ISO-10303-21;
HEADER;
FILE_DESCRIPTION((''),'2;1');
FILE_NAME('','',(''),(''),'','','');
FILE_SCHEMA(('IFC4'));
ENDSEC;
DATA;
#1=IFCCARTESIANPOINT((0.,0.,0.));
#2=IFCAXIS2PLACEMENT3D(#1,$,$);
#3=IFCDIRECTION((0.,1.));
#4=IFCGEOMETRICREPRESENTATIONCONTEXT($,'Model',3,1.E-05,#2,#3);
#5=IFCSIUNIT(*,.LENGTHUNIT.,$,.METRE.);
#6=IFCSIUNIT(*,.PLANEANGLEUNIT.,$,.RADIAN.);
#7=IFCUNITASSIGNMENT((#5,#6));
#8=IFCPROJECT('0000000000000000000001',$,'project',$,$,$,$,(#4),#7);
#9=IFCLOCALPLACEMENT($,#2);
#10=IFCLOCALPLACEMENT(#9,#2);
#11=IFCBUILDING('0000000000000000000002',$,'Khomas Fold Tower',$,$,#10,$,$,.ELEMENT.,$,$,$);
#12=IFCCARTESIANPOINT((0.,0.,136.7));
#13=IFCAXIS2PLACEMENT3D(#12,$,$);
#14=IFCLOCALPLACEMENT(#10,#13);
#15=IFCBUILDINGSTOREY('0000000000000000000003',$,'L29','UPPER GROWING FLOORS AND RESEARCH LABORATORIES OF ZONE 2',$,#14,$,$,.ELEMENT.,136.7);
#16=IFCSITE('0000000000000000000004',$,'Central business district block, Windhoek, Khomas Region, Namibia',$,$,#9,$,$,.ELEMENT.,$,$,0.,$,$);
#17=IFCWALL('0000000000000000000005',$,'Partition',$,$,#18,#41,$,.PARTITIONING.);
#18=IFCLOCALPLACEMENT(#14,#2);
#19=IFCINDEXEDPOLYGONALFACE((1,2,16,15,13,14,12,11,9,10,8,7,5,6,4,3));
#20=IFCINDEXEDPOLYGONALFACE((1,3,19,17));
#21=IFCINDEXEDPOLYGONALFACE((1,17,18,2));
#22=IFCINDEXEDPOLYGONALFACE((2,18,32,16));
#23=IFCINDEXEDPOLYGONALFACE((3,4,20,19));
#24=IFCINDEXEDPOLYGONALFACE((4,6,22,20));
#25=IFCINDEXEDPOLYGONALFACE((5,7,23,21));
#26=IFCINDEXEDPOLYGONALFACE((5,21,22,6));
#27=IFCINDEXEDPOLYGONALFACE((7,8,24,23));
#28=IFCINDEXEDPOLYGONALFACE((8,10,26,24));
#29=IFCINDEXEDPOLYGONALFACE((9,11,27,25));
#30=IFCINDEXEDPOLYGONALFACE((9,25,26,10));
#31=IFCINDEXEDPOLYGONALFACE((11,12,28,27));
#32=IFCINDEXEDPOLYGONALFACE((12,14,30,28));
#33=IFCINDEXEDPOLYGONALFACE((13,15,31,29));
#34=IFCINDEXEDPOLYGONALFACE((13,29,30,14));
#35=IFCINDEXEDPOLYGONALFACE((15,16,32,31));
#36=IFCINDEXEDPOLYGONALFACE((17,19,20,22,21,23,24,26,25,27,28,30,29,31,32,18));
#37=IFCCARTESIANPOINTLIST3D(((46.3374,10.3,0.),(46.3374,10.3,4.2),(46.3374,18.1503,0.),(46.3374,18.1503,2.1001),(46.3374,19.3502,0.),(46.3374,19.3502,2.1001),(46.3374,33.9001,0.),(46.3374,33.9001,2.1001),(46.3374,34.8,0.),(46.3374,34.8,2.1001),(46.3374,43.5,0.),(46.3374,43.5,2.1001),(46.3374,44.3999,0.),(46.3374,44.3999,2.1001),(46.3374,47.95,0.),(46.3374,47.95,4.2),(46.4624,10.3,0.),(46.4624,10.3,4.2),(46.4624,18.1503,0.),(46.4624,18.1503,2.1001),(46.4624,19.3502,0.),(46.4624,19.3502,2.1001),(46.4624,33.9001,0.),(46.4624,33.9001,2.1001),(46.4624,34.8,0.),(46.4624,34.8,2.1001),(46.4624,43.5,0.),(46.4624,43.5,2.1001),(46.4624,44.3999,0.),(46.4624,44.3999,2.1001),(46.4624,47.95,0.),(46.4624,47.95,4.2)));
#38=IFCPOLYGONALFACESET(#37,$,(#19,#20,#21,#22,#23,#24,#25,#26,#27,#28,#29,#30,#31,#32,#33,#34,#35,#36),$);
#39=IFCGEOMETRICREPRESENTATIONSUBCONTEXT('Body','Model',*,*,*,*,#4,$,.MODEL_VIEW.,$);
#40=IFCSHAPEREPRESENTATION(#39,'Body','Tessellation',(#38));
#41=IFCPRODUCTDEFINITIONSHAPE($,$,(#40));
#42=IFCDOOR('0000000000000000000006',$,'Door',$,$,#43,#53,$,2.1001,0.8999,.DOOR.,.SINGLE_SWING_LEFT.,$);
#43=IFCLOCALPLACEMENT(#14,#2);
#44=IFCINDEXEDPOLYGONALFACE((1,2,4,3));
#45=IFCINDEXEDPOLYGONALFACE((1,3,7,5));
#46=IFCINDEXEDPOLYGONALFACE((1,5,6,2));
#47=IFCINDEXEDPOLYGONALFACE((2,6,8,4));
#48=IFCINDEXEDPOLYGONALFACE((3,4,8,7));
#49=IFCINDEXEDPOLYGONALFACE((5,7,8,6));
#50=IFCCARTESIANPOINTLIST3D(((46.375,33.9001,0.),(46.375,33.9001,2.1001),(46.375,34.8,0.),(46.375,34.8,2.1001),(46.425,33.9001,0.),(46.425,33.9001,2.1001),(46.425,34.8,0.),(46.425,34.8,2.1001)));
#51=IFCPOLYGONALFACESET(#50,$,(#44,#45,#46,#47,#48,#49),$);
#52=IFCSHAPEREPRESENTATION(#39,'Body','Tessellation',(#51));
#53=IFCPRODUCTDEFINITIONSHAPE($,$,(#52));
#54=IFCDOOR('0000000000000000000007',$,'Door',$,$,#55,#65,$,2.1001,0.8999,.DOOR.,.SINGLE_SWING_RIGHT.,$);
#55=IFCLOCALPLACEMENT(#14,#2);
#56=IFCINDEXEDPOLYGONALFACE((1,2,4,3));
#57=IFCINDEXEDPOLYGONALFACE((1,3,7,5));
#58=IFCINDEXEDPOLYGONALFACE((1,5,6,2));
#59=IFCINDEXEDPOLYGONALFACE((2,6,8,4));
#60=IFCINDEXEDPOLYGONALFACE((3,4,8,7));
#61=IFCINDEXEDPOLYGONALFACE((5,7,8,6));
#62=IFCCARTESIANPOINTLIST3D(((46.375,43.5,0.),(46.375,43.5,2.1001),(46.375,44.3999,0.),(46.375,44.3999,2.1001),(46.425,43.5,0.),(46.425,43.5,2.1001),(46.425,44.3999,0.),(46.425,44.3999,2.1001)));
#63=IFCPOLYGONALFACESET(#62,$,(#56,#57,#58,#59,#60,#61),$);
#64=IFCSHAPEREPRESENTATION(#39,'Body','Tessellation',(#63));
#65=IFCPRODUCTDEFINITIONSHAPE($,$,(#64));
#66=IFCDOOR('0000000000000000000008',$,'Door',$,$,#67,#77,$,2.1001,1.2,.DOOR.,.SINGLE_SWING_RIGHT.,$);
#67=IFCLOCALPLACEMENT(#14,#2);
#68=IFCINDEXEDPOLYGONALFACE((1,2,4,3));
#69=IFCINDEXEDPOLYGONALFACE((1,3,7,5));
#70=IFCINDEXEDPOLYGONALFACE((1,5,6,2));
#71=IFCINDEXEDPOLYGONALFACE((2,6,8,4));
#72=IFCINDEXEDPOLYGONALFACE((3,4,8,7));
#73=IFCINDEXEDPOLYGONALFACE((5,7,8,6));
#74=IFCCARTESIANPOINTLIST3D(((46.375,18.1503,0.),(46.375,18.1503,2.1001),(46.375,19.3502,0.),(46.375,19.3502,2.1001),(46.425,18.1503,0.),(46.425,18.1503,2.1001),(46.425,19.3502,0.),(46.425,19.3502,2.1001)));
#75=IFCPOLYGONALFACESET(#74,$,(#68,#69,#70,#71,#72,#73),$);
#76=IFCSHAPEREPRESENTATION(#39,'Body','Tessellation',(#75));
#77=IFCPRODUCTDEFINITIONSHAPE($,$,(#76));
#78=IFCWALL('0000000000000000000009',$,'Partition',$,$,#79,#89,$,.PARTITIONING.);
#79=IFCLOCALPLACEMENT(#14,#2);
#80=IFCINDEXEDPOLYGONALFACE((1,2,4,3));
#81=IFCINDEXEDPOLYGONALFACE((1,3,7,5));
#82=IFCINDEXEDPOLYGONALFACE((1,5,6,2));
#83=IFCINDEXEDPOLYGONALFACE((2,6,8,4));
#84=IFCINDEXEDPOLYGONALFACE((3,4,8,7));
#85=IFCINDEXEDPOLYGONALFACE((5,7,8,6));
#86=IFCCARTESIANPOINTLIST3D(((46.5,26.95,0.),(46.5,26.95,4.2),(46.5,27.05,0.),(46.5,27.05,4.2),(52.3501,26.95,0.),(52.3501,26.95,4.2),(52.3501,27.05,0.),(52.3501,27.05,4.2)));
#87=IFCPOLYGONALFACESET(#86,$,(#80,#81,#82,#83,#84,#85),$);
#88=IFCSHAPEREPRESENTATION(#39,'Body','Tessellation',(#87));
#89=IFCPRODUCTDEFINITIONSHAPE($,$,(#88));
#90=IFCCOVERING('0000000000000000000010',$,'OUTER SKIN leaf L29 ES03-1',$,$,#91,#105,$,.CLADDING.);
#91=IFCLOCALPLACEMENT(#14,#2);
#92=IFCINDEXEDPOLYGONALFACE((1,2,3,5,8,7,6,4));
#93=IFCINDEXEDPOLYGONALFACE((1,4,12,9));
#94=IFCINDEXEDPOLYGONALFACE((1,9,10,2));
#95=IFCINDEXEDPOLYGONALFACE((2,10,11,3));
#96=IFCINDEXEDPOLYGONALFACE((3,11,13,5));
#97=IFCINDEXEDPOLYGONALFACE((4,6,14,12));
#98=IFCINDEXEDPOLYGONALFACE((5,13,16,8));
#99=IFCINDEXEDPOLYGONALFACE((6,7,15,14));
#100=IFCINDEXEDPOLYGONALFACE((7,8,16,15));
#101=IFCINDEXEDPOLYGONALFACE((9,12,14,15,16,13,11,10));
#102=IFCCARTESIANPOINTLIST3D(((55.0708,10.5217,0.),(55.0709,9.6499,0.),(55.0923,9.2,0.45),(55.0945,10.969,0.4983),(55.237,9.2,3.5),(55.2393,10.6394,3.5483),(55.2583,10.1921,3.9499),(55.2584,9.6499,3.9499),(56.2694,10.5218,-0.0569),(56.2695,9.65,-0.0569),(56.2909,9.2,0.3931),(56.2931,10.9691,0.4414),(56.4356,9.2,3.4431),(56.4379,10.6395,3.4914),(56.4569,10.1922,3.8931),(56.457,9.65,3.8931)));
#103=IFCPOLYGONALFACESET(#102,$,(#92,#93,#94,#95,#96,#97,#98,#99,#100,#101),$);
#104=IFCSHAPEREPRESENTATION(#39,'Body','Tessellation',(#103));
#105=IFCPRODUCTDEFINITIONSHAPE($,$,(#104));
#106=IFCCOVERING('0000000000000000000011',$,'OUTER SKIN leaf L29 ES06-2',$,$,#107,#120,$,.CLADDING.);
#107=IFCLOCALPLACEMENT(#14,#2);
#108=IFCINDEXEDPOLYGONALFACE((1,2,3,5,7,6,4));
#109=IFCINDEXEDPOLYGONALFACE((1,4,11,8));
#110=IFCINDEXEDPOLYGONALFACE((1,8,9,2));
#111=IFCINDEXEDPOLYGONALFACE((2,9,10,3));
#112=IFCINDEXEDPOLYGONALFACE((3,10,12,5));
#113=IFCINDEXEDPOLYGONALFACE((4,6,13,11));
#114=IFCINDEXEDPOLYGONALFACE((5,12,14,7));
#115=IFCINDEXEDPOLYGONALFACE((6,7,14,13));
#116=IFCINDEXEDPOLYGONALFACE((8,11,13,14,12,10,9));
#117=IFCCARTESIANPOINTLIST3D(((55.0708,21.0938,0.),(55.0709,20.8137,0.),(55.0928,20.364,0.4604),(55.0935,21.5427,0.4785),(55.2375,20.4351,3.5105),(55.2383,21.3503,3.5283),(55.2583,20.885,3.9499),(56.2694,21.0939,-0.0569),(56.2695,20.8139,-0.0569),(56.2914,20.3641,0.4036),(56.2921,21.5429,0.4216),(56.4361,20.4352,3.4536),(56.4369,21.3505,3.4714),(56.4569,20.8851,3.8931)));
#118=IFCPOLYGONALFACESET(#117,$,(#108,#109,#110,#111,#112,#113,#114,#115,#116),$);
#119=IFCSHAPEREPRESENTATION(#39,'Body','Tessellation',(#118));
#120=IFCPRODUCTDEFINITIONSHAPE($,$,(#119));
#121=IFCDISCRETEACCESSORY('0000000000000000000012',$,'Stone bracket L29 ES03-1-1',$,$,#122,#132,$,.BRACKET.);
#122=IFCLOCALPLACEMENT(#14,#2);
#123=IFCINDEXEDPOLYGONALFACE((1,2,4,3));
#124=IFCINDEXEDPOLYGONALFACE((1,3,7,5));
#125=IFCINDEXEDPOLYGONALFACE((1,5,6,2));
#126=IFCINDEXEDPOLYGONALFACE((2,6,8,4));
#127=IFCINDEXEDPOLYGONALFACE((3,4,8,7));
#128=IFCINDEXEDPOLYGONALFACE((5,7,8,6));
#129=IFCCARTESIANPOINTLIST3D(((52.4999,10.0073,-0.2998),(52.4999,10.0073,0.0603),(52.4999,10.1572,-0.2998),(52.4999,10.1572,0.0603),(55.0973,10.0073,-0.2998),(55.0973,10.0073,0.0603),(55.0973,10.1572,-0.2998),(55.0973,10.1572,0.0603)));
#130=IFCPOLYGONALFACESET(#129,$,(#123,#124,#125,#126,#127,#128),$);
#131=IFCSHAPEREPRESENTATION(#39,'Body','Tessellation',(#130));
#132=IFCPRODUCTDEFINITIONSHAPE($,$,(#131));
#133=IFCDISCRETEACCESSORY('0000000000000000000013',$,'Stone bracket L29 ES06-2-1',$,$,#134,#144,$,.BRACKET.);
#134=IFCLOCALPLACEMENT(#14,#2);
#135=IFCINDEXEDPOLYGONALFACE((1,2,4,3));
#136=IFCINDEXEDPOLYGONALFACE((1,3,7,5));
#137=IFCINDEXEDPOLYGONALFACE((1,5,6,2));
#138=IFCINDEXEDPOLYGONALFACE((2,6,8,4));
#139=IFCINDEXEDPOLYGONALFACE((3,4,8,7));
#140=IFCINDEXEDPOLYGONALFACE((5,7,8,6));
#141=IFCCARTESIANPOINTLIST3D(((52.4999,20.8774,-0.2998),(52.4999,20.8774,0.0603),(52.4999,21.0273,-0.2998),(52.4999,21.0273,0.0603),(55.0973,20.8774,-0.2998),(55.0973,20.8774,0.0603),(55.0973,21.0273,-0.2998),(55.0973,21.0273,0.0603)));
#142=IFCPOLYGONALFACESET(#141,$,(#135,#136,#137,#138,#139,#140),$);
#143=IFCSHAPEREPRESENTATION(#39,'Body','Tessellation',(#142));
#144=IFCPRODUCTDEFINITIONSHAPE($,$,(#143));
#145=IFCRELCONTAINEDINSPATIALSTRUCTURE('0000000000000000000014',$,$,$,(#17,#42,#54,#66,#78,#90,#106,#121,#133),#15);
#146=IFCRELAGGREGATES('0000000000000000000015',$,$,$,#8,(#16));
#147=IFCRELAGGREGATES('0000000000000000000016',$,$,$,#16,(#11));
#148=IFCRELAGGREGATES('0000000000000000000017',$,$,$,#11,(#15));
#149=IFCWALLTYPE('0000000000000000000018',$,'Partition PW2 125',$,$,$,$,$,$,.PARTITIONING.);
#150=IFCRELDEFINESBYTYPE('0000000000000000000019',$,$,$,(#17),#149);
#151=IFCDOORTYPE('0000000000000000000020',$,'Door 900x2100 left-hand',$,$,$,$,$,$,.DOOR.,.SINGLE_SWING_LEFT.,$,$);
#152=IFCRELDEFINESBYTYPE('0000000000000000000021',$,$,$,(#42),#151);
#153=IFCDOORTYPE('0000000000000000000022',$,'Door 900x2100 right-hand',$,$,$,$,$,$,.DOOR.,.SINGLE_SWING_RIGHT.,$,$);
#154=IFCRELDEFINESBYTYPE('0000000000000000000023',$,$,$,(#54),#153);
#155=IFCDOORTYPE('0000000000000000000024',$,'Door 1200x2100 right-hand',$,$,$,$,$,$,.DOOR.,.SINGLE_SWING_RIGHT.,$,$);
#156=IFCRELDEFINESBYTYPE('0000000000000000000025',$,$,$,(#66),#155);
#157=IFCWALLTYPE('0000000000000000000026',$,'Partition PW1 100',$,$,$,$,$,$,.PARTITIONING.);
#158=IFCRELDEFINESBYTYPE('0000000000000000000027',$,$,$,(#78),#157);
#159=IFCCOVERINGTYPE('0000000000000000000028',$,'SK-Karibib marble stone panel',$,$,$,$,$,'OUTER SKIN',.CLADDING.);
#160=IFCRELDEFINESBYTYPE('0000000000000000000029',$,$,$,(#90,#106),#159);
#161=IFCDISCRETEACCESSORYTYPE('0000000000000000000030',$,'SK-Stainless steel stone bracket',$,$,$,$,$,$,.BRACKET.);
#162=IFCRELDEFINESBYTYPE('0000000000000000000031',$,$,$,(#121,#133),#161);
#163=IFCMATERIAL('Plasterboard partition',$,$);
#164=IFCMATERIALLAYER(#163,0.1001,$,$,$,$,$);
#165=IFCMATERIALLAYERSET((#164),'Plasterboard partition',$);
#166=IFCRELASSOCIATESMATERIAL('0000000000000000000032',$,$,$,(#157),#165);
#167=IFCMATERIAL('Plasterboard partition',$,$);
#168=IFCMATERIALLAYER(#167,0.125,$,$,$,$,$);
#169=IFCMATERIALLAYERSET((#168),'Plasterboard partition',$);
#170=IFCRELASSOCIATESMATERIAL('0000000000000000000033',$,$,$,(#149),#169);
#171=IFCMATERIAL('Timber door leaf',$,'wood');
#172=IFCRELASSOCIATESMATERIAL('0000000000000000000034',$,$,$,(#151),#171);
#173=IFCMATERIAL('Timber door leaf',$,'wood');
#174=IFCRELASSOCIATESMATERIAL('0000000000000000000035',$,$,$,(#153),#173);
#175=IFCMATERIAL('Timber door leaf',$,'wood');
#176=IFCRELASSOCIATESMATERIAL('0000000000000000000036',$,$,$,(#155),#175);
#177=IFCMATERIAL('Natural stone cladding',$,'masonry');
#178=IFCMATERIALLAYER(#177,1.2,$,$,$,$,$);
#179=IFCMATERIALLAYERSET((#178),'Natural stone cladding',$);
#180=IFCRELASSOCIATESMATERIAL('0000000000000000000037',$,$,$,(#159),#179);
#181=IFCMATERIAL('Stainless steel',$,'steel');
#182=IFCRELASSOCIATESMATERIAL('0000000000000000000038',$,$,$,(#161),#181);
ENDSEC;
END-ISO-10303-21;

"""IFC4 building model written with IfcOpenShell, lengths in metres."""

from ifc_helpers import new_model, si_unit, direction, frame, frame_2d, origin, origin_2d, place, context, subcontext, project, spatial, polyline, rectangle, outline, extrude, source, transform, mapped, material, layer, layer_set, type_object, element, fill, save


model = new_model("IFC4")

# Units and contexts
model_context = context("Model", 3, precision=1e-05, world=origin(), true_north=direction((0.0, 1.0)))
body_context = subcontext(model_context, "Body", "Model", "MODEL_VIEW")
ifc_project = project(units=[si_unit("LENGTHUNIT", "METRE"), si_unit("PLANEANGLEUNIT", "RADIAN")], contexts=[model_context])

# Site, building, storey
site_placement = place(None, origin())
site = spatial("IfcSite", under=ifc_project, at=site_placement, Name="Central business district block, Windhoek, Khomas Region, Namibia", CompositionType="ELEMENT", RefElevation=0.0)
building_placement = place(site_placement, origin())
building = spatial("IfcBuilding", under=site, at=building_placement, Name="Khomas Fold Tower", CompositionType="ELEMENT")
storey_placement = place(building_placement, frame((0.0, 0.0, 136.7)))
storey = spatial("IfcBuildingStorey", under=building, at=storey_placement, Name="L29", Description="UPPER GROWING FLOORS AND RESEARCH LABORATORIES OF ZONE 2", CompositionType="ELEMENT", Elevation=136.7)

# Shared definitions
ifc_material_1 = material(Name="Plasterboard partition")
ifc_layer_1 = layer(ifc_material_1, 0.1001)
ifc_layer_set_1 = layer_set([ifc_layer_1], Name="Plasterboard partition")
wall_type_1 = type_object("IfcWallType", Name="Partition PW1 100", PredefinedType="PARTITIONING", material=ifc_layer_set_1)

# Wall, openings, doors
ifc_material_2 = material(Name="Plasterboard partition")
ifc_layer_2 = layer(ifc_material_2, 0.125)
ifc_layer_set_2 = layer_set([ifc_layer_2], Name="Plasterboard partition")
wall_type_2 = type_object("IfcWallType", Name="Partition PW2 125", PredefinedType="PARTITIONING", material=ifc_layer_set_2)
shared_shape_1 = source(origin(), body_context, "Body", "SweptSolid", [
    extrude(rectangle(XDim=37.6499, YDim=0.125, at=frame_2d((18.825, 0.0))), origin(), (0.0, 0.0, 1.0), 4.2),
])
wall_1_placement = place(storey_placement, frame((46.3999, 10.3, 0.0), z_axis=(0.0, 0.0, 1.0), x_axis=(0.0, 1.0, 0.0)))
wall_1 = element("IfcWall", 1, at=wall_1_placement, inside=storey, type_object=wall_type_2, Name="Partition", PredefinedType="PARTITIONING", context=body_context, shape_type="MappedRepresentation", body=[
    mapped(shared_shape_1, transform((0.0, 0.0, 0.0))),
])
shared_shape_2 = source(origin(), body_context, "Body", "SweptSolid", [
    extrude(rectangle(XDim=1.2, YDim=2.1001, at=frame_2d((0.6001, 1.05))), frame((0.0, 0.0725, 0.0), z_axis=(0.0, -1.0, 0.0), x_axis=(1.0, 0.0, 0.0)), (0.0, 0.0, 1.0), 0.145),
])
opening_1_placement = place(wall_1_placement, frame((7.8501, 0.0, 0.0)))
opening_1 = element("IfcOpeningElement", 2, at=opening_1_placement, cuts=wall_1, PredefinedType="OPENING", context=body_context, shape_type="MappedRepresentation", body=[
    mapped(shared_shape_2, transform((0.0, 0.0, 0.0))),
])
shared_shape_3 = source(origin(), body_context, "Body", "SweptSolid", [
    extrude(rectangle(XDim=0.8999, YDim=2.1001, at=frame_2d((0.45, 1.05))), frame((0.0, 0.0725, 0.0), z_axis=(0.0, -1.0, 0.0), x_axis=(1.0, 0.0, 0.0)), (0.0, 0.0, 1.0), 0.145),
])
opening_2_placement = place(wall_1_placement, frame((23.6001, 0.0, 0.0)))
opening_2 = element("IfcOpeningElement", 3, at=opening_2_placement, cuts=wall_1, PredefinedType="OPENING", context=body_context, shape_type="MappedRepresentation", body=[
    mapped(shared_shape_3, transform((0.0, 0.0, 0.0))),
])
opening_3_placement = place(wall_1_placement, frame((33.2, 0.0, 0.0)))
opening_3 = element("IfcOpeningElement", 4, at=opening_3_placement, cuts=wall_1, PredefinedType="OPENING", context=body_context, shape_type="MappedRepresentation", body=[
    mapped(shared_shape_3, transform((0.0, 0.0, 0.0))),
])
ifc_material_3 = material(Name="Timber door leaf", Category="wood")
door_type_1 = type_object("IfcDoorType", Name="Door 900x2100 left-hand", OperationType="SINGLE_SWING_LEFT", PredefinedType="DOOR", material=ifc_material_3)
shared_shape_4 = source(origin(), body_context, "Body", "SweptSolid", [
    extrude(rectangle(XDim=0.8999, YDim=2.1001, at=frame_2d((0.45, 1.05))), frame((0.0, 0.0249, 0.0), z_axis=(0.0, -1.0, 0.0), x_axis=(1.0, 0.0, 0.0)), (0.0, 0.0, 1.0), 0.05),
])
door_1_placement = place(opening_2_placement, origin())
door_1 = element("IfcDoor", 5, at=door_1_placement, inside=storey, type_object=door_type_1, Name="Door", OperationType="SINGLE_SWING_LEFT", OverallHeight=2.1001, OverallWidth=0.8999, PredefinedType="DOOR", context=body_context, shape_type="MappedRepresentation", body=[
    mapped(shared_shape_4, transform((0.0, 0.0, 0.0))),
])
fill(opening_2, door_1)
ifc_material_4 = material(Name="Timber door leaf", Category="wood")
door_type_2 = type_object("IfcDoorType", Name="Door 900x2100 right-hand", OperationType="SINGLE_SWING_RIGHT", PredefinedType="DOOR", material=ifc_material_4)
door_2_placement = place(opening_3_placement, origin())
door_2 = element("IfcDoor", 6, at=door_2_placement, inside=storey, type_object=door_type_2, Name="Door", OperationType="SINGLE_SWING_RIGHT", OverallHeight=2.1001, OverallWidth=0.8999, PredefinedType="DOOR", context=body_context, shape_type="MappedRepresentation", body=[
    mapped(shared_shape_4, transform((0.0, 0.0, 0.0))),
])
fill(opening_3, door_2)
ifc_material_5 = material(Name="Timber door leaf", Category="wood")
door_type_3 = type_object("IfcDoorType", Name="Door 1200x2100 right-hand", OperationType="SINGLE_SWING_RIGHT", PredefinedType="DOOR", material=ifc_material_5)
shared_shape_5 = source(origin(), body_context, "Body", "SweptSolid", [
    extrude(rectangle(XDim=1.2, YDim=2.1001, at=frame_2d((0.6001, 1.05))), frame((0.0, 0.0249, 0.0), z_axis=(0.0, -1.0, 0.0), x_axis=(1.0, 0.0, 0.0)), (0.0, 0.0, 1.0), 0.05),
])
door_3_placement = place(opening_1_placement, origin())
door_3 = element("IfcDoor", 7, at=door_3_placement, inside=storey, type_object=door_type_3, Name="Door", OperationType="SINGLE_SWING_RIGHT", OverallHeight=2.1001, OverallWidth=1.2, PredefinedType="DOOR", context=body_context, shape_type="MappedRepresentation", body=[
    mapped(shared_shape_5, transform((0.0, 0.0, 0.0))),
])
fill(opening_1, door_3)

# Wall
shared_shape_6 = source(origin(), body_context, "Body", "SweptSolid", [
    extrude(rectangle(XDim=5.8501, YDim=0.1001, at=frame_2d((2.925, 0.0))), origin(), (0.0, 0.0, 1.0), 4.2),
])
wall_2_placement = place(storey_placement, frame((46.5, 27.0, 0.0), z_axis=(0.0, 0.0, 1.0), x_axis=(1.0, 0.0, 0.0)))
element("IfcWall", 8, at=wall_2_placement, inside=storey, type_object=wall_type_1, Name="Partition", PredefinedType="PARTITIONING", context=body_context, shape_type="MappedRepresentation", body=[
    mapped(shared_shape_6, transform((0.0, 0.0, 0.0))),
])

# Coverings
ifc_material_6 = material(Name="Natural stone cladding", Category="masonry")
ifc_layer_3 = layer(ifc_material_6, 1.2)
ifc_layer_set_3 = layer_set([ifc_layer_3], Name="Natural stone cladding")
covering_type = type_object("IfcCoveringType", Name="SK-Karibib marble stone panel", ElementType="OUTER SKIN", PredefinedType="CLADDING", material=ifc_layer_set_3)
covering_1_placement = place(storey_placement, frame((55.2393, 10.6394, 3.5483), z_axis=(-0.998875, -0.000057, 0.047416), x_axis=(-0.047149, 0.107316, -0.993106)))
element("IfcCovering", 9, at=covering_1_placement, inside=storey, type_object=covering_type, Name="OUTER SKIN leaf L29 ES03-1", PredefinedType="CLADDING", context=body_context, shape_type="SweptSolid", body=[
    extrude(outline(polyline([(0.0, 0.0), (3.0712, 0.0), (3.5192, 0.4982), (3.4256, 1.365), (2.9295, 1.764), (-0.1064, 1.4363), (-0.5059, 0.9406), (-0.4477, 0.4015), (0.0, 0.0)])), origin(), (0.0, 0.0, -1.0), 1.2),
])
covering_2_placement = place(storey_placement, frame((55.2383, 21.3503, 3.5283), z_axis=(-0.998875, -0.000112, 0.047417), x_axis=(-0.04733, 0.062885, -0.996898)))
element("IfcCovering", 10, at=covering_2_placement, inside=storey, type_object=covering_type, Name="OUTER SKIN leaf L29 ES06-2", PredefinedType="CLADDING", context=body_context, shape_type="SweptSolid", body=[
    extrude(outline(polyline([(0.0, 0.0), (3.0593, 0.0), (3.5092, 0.4782), (3.4916, 0.7577), (3.0032, 1.1775), (-0.0398, 0.9146), (-0.4505, 0.4379), (0.0, 0.0)])), origin(), (0.0, 0.0, -1.0), 1.2),
])

# Discrete accessories
ifc_material_7 = material(Name="Stainless steel", Category="steel")
discrete_accessory_type = type_object("IfcDiscreteAccessoryType", Name="SK-Stainless steel stone bracket", PredefinedType="BRACKET", material=ifc_material_7)
shared_shape_7 = source(origin(), body_context, "Body", "SweptSolid", [
    extrude(rectangle(XDim=2.5974, YDim=0.1499, at=origin_2d()), origin(), (0.0, 0.0, 1.0), 0.3601),
])
for number, where, z_axis, x_axis, name in (
    (11, (53.7986, 10.0823, -0.2998), (0.0, 0.0, 1.0), (1.0, 0.0, 0.0), "Stone bracket L29 ES03-1-1"),
    (12, (53.7986, 20.9524, -0.2998), (0.0, 0.0, 1.0), (1.0, 0.0, 0.0), "Stone bracket L29 ES06-2-1"),
):
    element("IfcDiscreteAccessory", number, at=place(storey_placement, frame(where, z_axis=z_axis, x_axis=x_axis)), inside=storey, type_object=discrete_accessory_type, Name=name, PredefinedType="BRACKET", context=body_context, shape_type="MappedRepresentation", body=[
        mapped(shared_shape_7, transform((0.0, 0.0, 0.0))),
    ])

save(model, "model.ifc")
